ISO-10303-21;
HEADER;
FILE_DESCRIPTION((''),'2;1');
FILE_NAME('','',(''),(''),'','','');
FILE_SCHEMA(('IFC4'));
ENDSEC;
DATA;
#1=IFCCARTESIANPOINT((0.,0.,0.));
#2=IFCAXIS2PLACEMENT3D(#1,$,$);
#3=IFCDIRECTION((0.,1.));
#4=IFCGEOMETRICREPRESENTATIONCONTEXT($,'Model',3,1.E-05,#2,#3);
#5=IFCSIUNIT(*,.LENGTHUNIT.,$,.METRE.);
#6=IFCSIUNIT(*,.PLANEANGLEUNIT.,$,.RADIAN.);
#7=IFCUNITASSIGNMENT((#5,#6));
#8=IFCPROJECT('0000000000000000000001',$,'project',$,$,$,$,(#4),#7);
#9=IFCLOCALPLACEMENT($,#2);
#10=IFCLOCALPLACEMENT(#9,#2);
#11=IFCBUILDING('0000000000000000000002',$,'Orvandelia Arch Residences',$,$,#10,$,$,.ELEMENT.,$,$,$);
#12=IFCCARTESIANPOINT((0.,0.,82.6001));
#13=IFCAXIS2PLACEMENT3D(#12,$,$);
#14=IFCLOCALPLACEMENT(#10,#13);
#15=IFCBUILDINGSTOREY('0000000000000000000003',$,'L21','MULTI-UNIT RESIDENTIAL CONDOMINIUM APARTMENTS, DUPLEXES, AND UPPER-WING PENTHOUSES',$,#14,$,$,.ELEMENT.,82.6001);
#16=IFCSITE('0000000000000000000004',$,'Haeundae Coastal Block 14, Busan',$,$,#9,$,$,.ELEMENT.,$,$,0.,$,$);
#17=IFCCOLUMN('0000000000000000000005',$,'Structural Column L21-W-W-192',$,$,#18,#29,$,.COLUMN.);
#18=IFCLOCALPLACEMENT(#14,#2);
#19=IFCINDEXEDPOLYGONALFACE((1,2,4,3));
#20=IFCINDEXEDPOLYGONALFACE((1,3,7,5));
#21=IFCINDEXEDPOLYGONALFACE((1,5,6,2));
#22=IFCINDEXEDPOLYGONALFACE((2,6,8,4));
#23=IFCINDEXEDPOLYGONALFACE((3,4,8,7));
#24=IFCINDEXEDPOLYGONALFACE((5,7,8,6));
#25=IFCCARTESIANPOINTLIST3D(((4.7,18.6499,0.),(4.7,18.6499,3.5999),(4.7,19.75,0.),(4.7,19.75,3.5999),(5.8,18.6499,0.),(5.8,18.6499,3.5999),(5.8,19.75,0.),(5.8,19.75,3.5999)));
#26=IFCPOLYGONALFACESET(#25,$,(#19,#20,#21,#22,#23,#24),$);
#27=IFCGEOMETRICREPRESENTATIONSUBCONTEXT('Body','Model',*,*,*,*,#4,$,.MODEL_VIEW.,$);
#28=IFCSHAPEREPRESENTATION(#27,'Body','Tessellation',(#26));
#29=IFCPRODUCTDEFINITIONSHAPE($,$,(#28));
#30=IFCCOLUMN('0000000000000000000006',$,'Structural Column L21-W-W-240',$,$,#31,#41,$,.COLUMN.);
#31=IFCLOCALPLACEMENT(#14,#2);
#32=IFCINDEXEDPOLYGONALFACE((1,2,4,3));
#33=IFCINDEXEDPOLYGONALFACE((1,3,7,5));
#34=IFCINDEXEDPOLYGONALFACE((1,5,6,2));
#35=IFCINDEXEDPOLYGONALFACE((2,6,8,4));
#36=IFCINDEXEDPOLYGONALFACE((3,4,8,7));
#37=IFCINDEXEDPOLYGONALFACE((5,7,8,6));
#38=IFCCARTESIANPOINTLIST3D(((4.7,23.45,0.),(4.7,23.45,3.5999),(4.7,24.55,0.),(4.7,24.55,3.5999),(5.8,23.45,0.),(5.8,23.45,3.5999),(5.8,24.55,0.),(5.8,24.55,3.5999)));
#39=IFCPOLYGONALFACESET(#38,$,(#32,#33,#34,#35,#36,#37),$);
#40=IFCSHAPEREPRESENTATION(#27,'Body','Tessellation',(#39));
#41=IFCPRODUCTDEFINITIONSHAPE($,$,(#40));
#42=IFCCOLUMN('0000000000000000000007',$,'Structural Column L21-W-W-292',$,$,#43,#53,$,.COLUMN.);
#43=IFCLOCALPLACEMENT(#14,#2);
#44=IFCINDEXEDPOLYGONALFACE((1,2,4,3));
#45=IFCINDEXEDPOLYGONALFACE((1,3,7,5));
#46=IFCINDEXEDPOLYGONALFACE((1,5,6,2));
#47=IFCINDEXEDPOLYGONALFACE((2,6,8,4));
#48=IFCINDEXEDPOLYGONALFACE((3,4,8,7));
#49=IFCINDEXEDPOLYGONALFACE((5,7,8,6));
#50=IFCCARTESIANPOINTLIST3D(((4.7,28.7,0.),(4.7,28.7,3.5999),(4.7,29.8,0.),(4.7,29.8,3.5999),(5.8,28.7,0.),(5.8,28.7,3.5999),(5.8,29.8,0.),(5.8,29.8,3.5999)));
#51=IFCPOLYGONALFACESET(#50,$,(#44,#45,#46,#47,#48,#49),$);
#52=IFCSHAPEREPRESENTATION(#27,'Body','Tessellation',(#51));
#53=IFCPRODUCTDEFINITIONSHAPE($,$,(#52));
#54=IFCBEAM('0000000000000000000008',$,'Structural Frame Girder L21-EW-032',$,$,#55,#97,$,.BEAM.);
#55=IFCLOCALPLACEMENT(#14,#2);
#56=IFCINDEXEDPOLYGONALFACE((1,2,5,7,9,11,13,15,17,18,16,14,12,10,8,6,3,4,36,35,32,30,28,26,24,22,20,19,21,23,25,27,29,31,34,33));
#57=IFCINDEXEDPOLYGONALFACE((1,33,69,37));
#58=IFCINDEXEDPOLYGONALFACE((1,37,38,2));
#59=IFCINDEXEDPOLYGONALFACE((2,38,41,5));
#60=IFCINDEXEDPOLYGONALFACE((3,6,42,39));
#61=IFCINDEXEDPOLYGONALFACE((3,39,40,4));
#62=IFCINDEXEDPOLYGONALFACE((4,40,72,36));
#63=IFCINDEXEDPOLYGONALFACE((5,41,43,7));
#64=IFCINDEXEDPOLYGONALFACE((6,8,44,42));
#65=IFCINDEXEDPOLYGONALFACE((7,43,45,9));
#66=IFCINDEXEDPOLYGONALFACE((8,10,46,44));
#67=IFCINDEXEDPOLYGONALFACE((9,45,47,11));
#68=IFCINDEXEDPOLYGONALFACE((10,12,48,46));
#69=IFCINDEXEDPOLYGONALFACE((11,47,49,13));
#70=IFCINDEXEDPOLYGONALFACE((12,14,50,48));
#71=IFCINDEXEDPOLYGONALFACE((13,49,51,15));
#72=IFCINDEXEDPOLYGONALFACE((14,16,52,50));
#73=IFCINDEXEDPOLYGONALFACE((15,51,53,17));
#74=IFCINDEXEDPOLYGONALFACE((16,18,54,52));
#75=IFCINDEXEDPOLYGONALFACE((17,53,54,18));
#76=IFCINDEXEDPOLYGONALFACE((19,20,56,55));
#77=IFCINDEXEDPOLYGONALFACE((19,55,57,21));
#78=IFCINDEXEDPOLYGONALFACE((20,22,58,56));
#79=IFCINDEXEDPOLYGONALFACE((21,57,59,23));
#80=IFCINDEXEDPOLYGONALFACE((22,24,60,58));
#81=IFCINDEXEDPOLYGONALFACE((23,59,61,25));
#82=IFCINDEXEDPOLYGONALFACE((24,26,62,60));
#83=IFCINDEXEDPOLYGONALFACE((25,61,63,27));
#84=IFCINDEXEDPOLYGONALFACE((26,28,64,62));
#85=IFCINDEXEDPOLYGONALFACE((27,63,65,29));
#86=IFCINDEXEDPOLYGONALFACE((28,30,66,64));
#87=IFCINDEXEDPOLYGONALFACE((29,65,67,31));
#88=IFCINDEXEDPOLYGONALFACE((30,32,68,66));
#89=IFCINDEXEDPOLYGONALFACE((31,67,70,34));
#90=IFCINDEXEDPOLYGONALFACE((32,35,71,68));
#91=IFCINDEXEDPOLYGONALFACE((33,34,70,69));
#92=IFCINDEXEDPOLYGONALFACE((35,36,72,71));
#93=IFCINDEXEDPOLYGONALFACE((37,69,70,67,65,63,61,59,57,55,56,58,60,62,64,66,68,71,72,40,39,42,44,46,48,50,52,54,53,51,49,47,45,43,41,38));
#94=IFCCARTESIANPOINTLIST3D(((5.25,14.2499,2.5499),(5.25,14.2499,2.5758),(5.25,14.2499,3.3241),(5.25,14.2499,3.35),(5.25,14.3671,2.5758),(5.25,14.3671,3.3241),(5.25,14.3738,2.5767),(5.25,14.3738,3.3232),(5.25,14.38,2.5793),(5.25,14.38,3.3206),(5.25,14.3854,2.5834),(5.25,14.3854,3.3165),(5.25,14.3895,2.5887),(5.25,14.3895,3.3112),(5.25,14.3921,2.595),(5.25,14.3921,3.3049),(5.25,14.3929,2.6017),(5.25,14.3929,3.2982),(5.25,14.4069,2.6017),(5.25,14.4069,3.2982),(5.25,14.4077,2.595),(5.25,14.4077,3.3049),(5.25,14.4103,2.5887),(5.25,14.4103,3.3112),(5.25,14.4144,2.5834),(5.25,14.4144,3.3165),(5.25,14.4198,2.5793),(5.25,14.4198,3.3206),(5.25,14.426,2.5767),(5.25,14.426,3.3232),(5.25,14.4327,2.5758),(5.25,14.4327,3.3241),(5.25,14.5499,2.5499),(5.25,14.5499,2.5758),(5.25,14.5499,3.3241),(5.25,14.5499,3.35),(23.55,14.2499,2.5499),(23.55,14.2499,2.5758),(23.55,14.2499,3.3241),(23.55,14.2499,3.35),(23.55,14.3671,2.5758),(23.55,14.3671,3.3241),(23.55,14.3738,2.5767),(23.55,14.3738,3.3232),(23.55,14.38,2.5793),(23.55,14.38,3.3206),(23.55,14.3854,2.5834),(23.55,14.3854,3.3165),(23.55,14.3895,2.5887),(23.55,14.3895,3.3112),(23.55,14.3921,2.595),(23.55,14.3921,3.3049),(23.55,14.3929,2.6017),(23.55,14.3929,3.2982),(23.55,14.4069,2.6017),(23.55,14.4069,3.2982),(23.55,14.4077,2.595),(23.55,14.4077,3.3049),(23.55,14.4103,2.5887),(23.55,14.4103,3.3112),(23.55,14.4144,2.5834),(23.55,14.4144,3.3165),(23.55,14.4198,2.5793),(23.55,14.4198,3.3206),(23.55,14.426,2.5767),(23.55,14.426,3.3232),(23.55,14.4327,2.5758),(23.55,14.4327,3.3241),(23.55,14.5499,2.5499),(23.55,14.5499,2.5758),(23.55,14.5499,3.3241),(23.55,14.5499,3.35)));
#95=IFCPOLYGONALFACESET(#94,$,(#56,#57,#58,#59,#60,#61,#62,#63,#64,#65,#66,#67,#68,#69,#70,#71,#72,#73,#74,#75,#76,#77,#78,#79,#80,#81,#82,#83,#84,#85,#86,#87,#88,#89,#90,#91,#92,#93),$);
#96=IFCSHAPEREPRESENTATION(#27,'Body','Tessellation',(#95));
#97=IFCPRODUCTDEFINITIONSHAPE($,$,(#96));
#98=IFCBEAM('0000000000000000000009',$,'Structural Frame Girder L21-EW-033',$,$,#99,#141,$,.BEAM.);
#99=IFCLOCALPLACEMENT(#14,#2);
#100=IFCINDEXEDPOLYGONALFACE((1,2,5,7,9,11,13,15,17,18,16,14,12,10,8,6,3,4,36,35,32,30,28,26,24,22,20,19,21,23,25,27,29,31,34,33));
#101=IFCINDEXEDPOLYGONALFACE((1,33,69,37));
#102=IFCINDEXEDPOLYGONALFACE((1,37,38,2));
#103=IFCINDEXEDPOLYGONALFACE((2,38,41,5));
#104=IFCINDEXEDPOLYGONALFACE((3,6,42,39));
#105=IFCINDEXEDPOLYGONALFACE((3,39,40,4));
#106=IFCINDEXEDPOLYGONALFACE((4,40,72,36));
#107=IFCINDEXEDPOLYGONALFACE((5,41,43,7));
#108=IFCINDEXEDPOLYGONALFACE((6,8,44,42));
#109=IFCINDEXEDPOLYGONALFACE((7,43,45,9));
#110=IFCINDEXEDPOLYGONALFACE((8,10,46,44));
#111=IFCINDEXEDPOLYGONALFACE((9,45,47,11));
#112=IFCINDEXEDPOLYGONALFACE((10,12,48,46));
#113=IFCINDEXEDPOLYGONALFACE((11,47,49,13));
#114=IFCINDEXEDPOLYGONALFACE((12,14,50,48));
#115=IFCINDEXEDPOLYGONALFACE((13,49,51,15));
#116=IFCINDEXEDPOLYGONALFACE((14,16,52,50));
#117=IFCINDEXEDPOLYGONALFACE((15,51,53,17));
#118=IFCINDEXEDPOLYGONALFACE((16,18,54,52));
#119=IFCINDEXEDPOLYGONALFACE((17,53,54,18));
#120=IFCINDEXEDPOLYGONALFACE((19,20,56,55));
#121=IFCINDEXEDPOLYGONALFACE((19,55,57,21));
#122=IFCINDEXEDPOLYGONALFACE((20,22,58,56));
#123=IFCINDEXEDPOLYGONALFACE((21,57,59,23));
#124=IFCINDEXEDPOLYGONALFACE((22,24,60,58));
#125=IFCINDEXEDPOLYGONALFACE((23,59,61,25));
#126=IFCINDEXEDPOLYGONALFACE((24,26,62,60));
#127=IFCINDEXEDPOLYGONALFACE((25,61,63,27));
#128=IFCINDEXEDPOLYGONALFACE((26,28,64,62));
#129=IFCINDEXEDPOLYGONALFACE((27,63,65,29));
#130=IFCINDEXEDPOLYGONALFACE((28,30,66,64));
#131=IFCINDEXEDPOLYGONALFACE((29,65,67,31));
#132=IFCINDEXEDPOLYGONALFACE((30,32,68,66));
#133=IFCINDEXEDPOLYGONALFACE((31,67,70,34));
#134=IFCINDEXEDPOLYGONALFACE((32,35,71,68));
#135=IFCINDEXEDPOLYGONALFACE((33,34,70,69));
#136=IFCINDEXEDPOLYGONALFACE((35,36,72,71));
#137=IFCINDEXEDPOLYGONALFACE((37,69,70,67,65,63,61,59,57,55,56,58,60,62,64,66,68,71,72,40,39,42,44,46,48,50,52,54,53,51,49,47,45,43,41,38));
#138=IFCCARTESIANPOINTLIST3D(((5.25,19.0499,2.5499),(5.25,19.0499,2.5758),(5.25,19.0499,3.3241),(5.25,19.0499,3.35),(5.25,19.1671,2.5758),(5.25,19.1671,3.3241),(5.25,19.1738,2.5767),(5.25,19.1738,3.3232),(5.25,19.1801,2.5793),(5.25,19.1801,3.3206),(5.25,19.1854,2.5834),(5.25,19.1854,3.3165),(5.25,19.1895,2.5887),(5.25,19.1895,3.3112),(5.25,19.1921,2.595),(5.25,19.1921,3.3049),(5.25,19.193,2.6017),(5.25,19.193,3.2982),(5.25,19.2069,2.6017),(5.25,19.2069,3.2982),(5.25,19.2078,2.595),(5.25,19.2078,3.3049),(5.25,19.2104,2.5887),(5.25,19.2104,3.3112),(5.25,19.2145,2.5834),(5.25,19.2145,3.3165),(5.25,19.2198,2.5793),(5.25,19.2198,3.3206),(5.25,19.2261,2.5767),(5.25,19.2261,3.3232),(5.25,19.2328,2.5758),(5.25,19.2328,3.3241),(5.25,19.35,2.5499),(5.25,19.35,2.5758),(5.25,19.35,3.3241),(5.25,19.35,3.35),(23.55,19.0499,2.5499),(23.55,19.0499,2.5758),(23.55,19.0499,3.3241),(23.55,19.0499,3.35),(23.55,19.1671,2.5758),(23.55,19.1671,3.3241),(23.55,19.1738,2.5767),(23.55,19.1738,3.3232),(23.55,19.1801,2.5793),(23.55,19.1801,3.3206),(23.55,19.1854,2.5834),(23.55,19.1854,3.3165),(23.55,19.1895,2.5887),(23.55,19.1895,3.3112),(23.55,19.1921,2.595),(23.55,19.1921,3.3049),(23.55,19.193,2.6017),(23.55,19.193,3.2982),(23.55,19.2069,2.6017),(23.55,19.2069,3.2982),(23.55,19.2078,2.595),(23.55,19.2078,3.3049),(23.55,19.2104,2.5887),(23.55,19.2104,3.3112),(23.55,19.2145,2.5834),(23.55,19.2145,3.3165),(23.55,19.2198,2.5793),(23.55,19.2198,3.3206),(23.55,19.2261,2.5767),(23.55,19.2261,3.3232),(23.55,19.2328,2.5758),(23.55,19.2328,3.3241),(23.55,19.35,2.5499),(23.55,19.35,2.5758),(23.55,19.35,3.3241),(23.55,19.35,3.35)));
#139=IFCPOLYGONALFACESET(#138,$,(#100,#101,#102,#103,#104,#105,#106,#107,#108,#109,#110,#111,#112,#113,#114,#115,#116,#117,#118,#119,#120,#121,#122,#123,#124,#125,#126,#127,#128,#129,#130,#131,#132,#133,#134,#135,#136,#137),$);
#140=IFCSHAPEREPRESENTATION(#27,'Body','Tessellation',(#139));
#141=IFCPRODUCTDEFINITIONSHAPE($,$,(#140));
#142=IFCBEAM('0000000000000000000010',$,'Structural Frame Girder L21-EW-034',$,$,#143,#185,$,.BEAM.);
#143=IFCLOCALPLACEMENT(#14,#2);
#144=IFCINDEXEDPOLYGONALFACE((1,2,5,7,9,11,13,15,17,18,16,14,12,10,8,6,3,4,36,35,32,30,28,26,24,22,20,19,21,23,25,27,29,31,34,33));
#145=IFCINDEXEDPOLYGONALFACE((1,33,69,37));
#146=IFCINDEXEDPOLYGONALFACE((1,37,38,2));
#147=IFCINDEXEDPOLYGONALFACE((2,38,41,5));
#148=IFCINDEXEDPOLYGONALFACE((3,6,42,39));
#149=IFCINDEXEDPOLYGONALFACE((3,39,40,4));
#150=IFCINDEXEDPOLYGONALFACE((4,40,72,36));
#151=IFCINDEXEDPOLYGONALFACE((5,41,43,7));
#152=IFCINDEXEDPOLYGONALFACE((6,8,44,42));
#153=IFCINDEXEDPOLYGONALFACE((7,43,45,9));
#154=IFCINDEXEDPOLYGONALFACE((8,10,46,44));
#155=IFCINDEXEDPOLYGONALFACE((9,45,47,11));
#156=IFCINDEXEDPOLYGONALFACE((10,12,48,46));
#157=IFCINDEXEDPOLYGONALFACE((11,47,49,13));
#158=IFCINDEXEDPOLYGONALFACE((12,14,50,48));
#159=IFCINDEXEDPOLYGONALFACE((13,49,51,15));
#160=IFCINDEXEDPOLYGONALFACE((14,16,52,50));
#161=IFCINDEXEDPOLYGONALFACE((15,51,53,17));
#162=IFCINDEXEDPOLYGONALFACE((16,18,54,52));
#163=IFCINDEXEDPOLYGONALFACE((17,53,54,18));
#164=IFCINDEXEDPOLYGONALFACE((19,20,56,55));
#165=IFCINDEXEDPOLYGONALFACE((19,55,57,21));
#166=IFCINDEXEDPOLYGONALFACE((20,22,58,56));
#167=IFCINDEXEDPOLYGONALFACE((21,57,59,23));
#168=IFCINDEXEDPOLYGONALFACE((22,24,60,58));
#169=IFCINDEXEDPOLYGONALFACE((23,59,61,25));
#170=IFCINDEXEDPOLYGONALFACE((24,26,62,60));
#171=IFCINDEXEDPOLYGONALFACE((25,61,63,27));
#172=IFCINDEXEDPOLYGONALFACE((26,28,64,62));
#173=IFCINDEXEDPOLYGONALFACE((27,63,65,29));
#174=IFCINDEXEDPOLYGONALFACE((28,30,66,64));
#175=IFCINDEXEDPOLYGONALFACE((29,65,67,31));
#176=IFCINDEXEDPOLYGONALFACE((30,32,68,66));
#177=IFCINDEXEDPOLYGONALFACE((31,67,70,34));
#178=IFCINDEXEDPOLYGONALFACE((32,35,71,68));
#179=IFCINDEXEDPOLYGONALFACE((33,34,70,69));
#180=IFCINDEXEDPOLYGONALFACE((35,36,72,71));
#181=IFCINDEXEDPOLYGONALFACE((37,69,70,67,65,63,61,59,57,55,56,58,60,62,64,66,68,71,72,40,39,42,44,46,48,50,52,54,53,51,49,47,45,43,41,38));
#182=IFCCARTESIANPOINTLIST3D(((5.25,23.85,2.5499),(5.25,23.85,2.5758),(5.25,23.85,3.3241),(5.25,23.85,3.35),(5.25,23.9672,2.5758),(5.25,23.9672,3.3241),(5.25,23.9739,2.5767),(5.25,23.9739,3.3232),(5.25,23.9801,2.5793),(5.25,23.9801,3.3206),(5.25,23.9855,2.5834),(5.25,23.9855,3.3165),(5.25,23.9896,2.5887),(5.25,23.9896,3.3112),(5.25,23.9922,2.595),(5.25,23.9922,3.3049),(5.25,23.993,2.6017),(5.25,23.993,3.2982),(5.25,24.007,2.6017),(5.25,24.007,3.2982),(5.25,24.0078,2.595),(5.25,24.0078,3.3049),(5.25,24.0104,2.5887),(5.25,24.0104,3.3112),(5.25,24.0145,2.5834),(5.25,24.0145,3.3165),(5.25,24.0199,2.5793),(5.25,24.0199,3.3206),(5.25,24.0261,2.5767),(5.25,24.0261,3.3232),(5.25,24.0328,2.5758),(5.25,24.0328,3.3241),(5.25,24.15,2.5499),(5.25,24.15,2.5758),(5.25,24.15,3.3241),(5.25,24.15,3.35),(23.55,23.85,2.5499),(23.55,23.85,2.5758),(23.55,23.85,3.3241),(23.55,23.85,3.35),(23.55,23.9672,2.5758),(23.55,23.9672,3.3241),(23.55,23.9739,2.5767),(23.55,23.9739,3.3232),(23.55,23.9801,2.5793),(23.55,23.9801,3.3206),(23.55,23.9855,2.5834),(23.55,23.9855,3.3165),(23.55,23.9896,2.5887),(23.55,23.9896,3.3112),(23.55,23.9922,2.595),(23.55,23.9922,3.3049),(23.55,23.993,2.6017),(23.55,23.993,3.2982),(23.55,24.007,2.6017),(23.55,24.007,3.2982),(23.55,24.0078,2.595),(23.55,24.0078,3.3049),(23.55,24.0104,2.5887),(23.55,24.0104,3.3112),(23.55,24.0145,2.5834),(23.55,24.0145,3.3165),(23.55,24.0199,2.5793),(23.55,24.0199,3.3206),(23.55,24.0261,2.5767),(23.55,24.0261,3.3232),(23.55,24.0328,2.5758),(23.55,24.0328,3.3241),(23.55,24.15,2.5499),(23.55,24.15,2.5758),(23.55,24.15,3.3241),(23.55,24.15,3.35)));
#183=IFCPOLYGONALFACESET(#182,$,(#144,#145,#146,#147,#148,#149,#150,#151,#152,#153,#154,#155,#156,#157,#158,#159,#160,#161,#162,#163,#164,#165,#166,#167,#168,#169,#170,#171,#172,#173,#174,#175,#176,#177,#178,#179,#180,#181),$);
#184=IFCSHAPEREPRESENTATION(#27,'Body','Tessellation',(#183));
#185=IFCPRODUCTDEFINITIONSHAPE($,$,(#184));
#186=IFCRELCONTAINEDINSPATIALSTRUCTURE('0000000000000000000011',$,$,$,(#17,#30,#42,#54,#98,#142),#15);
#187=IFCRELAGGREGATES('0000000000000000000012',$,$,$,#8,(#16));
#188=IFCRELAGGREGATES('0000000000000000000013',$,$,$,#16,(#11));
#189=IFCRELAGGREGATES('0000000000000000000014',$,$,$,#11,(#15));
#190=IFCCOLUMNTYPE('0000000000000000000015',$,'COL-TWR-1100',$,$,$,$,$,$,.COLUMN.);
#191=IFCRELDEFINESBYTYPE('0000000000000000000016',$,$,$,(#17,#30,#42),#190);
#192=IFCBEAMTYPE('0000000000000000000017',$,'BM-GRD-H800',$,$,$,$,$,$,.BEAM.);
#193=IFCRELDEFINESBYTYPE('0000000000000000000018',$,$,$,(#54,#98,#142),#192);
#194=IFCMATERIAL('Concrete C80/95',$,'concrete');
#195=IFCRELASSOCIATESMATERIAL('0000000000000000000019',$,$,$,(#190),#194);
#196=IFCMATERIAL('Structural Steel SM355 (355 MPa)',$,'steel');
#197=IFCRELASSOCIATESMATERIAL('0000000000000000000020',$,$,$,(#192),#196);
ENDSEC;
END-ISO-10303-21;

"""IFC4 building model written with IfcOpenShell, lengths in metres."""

from ifc_helpers import new_model, si_unit, direction, frame, origin, origin_2d, place, context, subcontext, project, spatial, rectangle, i_section, extrude, material, material_profile, profile_set, type_object, element, save


model = new_model("IFC4")

# Units and contexts
model_context = context("Model", 3, precision=1e-05, world=origin(), true_north=direction((0.0, 1.0)))
body_context = subcontext(model_context, "Body", "Model", "MODEL_VIEW")
ifc_project = project(units=[si_unit("LENGTHUNIT", "METRE"), si_unit("PLANEANGLEUNIT", "RADIAN")], contexts=[model_context])

# Site, building, storey
site_placement = place(None, origin())
site = spatial("IfcSite", under=ifc_project, at=site_placement, Name="Haeundae Coastal Block 14, Busan", CompositionType="ELEMENT", RefElevation=0.0)
building_placement = place(site_placement, origin())
building = spatial("IfcBuilding", under=site, at=building_placement, Name="Orvandelia Arch Residences", CompositionType="ELEMENT")
storey_placement = place(building_placement, frame((0.0, 0.0, 82.6001)))
storey = spatial("IfcBuildingStorey", under=building, at=storey_placement, Name="L21", Description="MULTI-UNIT RESIDENTIAL CONDOMINIUM APARTMENTS, DUPLEXES, AND UPPER-WING PENTHOUSES", CompositionType="ELEMENT", Elevation=82.6001)

# Columns
ifc_material_1 = material(Name="Concrete C80/95", Category="concrete")
ifc_material_profile_1 = material_profile(ifc_material_1, rectangle(XDim=1.1001, YDim=1.1001, at=origin_2d()), Name="Concrete C80/95", Category="concrete")
ifc_profile_set_1 = profile_set([ifc_material_profile_1], Name="Concrete C80/95")
column_type = type_object("IfcColumnType", Name="COL-TWR-1100", PredefinedType="COLUMN", material=ifc_profile_set_1)
for number, where, z_axis, x_axis, name in (
    (1, (5.25, 19.2, 0.0), (0.0, 0.0, 1.0), (1.0, 0.0, 0.0), "Structural Column L21-W-W-192"),
    (2, (5.25, 24.0, 0.0), (0.0, 0.0, 1.0), (1.0, 0.0, 0.0), "Structural Column L21-W-W-240"),
    (3, (5.25, 29.25, 0.0), (0.0, 0.0, 1.0), (1.0, 0.0, 0.0), "Structural Column L21-W-W-292"),
):
    element("IfcColumn", number, at=place(storey_placement, frame(where, z_axis=z_axis, x_axis=x_axis)), inside=storey, type_object=column_type, Name=name, PredefinedType="COLUMN", context=body_context, shape_type="SweptSolid", body=[
        extrude(rectangle(XDim=1.1001, YDim=1.1001, at=origin_2d()), origin(), (0.0, 0.0, 1.0), 3.5999),
    ])

# Beams
ifc_material_2 = material(Name="Structural Steel SM355 (355 MPa)", Category="steel")
ifc_material_profile_2 = material_profile(ifc_material_2, i_section(OverallWidth=0.3, OverallDepth=0.8, WebThickness=0.0139, FlangeThickness=0.0259, FilletRadius=0.0259, at=origin_2d()), Name="Structural Steel SM355 (355 MPa)", Category="steel")
ifc_profile_set_2 = profile_set([ifc_material_profile_2], Name="Structural Steel SM355 (355 MPa)")
beam_type_1 = type_object("IfcBeamType", Name="BM-GRD-H800", PredefinedType="BEAM", material=ifc_profile_set_2)
for number, where, z_axis, x_axis, name in (
    (4, (5.25, 14.3999, 2.95), (1.0, 0.0, 0.0), (0.0, 1.0, 0.0), "Structural Frame Girder L21-EW-032"),
    (5, (5.25, 19.2, 2.95), (1.0, 0.0, 0.0), (0.0, 1.0, 0.0), "Structural Frame Girder L21-EW-033"),
    (6, (5.25, 24.0, 2.95), (1.0, 0.0, 0.0), (0.0, 1.0, 0.0), "Structural Frame Girder L21-EW-034"),
):
    element("IfcBeam", number, at=place(storey_placement, frame(where, z_axis=z_axis, x_axis=x_axis)), inside=storey, type_object=beam_type_1, Name=name, PredefinedType="BEAM", context=body_context, shape_type="SweptSolid", body=[
        extrude(i_section(OverallWidth=0.3, OverallDepth=0.8, WebThickness=0.0139, FlangeThickness=0.0259, FilletRadius=0.0259, at=origin_2d()), origin(), (0.0, 0.0, 1.0), 18.3),
    ])

save(model, "model.ifc")
